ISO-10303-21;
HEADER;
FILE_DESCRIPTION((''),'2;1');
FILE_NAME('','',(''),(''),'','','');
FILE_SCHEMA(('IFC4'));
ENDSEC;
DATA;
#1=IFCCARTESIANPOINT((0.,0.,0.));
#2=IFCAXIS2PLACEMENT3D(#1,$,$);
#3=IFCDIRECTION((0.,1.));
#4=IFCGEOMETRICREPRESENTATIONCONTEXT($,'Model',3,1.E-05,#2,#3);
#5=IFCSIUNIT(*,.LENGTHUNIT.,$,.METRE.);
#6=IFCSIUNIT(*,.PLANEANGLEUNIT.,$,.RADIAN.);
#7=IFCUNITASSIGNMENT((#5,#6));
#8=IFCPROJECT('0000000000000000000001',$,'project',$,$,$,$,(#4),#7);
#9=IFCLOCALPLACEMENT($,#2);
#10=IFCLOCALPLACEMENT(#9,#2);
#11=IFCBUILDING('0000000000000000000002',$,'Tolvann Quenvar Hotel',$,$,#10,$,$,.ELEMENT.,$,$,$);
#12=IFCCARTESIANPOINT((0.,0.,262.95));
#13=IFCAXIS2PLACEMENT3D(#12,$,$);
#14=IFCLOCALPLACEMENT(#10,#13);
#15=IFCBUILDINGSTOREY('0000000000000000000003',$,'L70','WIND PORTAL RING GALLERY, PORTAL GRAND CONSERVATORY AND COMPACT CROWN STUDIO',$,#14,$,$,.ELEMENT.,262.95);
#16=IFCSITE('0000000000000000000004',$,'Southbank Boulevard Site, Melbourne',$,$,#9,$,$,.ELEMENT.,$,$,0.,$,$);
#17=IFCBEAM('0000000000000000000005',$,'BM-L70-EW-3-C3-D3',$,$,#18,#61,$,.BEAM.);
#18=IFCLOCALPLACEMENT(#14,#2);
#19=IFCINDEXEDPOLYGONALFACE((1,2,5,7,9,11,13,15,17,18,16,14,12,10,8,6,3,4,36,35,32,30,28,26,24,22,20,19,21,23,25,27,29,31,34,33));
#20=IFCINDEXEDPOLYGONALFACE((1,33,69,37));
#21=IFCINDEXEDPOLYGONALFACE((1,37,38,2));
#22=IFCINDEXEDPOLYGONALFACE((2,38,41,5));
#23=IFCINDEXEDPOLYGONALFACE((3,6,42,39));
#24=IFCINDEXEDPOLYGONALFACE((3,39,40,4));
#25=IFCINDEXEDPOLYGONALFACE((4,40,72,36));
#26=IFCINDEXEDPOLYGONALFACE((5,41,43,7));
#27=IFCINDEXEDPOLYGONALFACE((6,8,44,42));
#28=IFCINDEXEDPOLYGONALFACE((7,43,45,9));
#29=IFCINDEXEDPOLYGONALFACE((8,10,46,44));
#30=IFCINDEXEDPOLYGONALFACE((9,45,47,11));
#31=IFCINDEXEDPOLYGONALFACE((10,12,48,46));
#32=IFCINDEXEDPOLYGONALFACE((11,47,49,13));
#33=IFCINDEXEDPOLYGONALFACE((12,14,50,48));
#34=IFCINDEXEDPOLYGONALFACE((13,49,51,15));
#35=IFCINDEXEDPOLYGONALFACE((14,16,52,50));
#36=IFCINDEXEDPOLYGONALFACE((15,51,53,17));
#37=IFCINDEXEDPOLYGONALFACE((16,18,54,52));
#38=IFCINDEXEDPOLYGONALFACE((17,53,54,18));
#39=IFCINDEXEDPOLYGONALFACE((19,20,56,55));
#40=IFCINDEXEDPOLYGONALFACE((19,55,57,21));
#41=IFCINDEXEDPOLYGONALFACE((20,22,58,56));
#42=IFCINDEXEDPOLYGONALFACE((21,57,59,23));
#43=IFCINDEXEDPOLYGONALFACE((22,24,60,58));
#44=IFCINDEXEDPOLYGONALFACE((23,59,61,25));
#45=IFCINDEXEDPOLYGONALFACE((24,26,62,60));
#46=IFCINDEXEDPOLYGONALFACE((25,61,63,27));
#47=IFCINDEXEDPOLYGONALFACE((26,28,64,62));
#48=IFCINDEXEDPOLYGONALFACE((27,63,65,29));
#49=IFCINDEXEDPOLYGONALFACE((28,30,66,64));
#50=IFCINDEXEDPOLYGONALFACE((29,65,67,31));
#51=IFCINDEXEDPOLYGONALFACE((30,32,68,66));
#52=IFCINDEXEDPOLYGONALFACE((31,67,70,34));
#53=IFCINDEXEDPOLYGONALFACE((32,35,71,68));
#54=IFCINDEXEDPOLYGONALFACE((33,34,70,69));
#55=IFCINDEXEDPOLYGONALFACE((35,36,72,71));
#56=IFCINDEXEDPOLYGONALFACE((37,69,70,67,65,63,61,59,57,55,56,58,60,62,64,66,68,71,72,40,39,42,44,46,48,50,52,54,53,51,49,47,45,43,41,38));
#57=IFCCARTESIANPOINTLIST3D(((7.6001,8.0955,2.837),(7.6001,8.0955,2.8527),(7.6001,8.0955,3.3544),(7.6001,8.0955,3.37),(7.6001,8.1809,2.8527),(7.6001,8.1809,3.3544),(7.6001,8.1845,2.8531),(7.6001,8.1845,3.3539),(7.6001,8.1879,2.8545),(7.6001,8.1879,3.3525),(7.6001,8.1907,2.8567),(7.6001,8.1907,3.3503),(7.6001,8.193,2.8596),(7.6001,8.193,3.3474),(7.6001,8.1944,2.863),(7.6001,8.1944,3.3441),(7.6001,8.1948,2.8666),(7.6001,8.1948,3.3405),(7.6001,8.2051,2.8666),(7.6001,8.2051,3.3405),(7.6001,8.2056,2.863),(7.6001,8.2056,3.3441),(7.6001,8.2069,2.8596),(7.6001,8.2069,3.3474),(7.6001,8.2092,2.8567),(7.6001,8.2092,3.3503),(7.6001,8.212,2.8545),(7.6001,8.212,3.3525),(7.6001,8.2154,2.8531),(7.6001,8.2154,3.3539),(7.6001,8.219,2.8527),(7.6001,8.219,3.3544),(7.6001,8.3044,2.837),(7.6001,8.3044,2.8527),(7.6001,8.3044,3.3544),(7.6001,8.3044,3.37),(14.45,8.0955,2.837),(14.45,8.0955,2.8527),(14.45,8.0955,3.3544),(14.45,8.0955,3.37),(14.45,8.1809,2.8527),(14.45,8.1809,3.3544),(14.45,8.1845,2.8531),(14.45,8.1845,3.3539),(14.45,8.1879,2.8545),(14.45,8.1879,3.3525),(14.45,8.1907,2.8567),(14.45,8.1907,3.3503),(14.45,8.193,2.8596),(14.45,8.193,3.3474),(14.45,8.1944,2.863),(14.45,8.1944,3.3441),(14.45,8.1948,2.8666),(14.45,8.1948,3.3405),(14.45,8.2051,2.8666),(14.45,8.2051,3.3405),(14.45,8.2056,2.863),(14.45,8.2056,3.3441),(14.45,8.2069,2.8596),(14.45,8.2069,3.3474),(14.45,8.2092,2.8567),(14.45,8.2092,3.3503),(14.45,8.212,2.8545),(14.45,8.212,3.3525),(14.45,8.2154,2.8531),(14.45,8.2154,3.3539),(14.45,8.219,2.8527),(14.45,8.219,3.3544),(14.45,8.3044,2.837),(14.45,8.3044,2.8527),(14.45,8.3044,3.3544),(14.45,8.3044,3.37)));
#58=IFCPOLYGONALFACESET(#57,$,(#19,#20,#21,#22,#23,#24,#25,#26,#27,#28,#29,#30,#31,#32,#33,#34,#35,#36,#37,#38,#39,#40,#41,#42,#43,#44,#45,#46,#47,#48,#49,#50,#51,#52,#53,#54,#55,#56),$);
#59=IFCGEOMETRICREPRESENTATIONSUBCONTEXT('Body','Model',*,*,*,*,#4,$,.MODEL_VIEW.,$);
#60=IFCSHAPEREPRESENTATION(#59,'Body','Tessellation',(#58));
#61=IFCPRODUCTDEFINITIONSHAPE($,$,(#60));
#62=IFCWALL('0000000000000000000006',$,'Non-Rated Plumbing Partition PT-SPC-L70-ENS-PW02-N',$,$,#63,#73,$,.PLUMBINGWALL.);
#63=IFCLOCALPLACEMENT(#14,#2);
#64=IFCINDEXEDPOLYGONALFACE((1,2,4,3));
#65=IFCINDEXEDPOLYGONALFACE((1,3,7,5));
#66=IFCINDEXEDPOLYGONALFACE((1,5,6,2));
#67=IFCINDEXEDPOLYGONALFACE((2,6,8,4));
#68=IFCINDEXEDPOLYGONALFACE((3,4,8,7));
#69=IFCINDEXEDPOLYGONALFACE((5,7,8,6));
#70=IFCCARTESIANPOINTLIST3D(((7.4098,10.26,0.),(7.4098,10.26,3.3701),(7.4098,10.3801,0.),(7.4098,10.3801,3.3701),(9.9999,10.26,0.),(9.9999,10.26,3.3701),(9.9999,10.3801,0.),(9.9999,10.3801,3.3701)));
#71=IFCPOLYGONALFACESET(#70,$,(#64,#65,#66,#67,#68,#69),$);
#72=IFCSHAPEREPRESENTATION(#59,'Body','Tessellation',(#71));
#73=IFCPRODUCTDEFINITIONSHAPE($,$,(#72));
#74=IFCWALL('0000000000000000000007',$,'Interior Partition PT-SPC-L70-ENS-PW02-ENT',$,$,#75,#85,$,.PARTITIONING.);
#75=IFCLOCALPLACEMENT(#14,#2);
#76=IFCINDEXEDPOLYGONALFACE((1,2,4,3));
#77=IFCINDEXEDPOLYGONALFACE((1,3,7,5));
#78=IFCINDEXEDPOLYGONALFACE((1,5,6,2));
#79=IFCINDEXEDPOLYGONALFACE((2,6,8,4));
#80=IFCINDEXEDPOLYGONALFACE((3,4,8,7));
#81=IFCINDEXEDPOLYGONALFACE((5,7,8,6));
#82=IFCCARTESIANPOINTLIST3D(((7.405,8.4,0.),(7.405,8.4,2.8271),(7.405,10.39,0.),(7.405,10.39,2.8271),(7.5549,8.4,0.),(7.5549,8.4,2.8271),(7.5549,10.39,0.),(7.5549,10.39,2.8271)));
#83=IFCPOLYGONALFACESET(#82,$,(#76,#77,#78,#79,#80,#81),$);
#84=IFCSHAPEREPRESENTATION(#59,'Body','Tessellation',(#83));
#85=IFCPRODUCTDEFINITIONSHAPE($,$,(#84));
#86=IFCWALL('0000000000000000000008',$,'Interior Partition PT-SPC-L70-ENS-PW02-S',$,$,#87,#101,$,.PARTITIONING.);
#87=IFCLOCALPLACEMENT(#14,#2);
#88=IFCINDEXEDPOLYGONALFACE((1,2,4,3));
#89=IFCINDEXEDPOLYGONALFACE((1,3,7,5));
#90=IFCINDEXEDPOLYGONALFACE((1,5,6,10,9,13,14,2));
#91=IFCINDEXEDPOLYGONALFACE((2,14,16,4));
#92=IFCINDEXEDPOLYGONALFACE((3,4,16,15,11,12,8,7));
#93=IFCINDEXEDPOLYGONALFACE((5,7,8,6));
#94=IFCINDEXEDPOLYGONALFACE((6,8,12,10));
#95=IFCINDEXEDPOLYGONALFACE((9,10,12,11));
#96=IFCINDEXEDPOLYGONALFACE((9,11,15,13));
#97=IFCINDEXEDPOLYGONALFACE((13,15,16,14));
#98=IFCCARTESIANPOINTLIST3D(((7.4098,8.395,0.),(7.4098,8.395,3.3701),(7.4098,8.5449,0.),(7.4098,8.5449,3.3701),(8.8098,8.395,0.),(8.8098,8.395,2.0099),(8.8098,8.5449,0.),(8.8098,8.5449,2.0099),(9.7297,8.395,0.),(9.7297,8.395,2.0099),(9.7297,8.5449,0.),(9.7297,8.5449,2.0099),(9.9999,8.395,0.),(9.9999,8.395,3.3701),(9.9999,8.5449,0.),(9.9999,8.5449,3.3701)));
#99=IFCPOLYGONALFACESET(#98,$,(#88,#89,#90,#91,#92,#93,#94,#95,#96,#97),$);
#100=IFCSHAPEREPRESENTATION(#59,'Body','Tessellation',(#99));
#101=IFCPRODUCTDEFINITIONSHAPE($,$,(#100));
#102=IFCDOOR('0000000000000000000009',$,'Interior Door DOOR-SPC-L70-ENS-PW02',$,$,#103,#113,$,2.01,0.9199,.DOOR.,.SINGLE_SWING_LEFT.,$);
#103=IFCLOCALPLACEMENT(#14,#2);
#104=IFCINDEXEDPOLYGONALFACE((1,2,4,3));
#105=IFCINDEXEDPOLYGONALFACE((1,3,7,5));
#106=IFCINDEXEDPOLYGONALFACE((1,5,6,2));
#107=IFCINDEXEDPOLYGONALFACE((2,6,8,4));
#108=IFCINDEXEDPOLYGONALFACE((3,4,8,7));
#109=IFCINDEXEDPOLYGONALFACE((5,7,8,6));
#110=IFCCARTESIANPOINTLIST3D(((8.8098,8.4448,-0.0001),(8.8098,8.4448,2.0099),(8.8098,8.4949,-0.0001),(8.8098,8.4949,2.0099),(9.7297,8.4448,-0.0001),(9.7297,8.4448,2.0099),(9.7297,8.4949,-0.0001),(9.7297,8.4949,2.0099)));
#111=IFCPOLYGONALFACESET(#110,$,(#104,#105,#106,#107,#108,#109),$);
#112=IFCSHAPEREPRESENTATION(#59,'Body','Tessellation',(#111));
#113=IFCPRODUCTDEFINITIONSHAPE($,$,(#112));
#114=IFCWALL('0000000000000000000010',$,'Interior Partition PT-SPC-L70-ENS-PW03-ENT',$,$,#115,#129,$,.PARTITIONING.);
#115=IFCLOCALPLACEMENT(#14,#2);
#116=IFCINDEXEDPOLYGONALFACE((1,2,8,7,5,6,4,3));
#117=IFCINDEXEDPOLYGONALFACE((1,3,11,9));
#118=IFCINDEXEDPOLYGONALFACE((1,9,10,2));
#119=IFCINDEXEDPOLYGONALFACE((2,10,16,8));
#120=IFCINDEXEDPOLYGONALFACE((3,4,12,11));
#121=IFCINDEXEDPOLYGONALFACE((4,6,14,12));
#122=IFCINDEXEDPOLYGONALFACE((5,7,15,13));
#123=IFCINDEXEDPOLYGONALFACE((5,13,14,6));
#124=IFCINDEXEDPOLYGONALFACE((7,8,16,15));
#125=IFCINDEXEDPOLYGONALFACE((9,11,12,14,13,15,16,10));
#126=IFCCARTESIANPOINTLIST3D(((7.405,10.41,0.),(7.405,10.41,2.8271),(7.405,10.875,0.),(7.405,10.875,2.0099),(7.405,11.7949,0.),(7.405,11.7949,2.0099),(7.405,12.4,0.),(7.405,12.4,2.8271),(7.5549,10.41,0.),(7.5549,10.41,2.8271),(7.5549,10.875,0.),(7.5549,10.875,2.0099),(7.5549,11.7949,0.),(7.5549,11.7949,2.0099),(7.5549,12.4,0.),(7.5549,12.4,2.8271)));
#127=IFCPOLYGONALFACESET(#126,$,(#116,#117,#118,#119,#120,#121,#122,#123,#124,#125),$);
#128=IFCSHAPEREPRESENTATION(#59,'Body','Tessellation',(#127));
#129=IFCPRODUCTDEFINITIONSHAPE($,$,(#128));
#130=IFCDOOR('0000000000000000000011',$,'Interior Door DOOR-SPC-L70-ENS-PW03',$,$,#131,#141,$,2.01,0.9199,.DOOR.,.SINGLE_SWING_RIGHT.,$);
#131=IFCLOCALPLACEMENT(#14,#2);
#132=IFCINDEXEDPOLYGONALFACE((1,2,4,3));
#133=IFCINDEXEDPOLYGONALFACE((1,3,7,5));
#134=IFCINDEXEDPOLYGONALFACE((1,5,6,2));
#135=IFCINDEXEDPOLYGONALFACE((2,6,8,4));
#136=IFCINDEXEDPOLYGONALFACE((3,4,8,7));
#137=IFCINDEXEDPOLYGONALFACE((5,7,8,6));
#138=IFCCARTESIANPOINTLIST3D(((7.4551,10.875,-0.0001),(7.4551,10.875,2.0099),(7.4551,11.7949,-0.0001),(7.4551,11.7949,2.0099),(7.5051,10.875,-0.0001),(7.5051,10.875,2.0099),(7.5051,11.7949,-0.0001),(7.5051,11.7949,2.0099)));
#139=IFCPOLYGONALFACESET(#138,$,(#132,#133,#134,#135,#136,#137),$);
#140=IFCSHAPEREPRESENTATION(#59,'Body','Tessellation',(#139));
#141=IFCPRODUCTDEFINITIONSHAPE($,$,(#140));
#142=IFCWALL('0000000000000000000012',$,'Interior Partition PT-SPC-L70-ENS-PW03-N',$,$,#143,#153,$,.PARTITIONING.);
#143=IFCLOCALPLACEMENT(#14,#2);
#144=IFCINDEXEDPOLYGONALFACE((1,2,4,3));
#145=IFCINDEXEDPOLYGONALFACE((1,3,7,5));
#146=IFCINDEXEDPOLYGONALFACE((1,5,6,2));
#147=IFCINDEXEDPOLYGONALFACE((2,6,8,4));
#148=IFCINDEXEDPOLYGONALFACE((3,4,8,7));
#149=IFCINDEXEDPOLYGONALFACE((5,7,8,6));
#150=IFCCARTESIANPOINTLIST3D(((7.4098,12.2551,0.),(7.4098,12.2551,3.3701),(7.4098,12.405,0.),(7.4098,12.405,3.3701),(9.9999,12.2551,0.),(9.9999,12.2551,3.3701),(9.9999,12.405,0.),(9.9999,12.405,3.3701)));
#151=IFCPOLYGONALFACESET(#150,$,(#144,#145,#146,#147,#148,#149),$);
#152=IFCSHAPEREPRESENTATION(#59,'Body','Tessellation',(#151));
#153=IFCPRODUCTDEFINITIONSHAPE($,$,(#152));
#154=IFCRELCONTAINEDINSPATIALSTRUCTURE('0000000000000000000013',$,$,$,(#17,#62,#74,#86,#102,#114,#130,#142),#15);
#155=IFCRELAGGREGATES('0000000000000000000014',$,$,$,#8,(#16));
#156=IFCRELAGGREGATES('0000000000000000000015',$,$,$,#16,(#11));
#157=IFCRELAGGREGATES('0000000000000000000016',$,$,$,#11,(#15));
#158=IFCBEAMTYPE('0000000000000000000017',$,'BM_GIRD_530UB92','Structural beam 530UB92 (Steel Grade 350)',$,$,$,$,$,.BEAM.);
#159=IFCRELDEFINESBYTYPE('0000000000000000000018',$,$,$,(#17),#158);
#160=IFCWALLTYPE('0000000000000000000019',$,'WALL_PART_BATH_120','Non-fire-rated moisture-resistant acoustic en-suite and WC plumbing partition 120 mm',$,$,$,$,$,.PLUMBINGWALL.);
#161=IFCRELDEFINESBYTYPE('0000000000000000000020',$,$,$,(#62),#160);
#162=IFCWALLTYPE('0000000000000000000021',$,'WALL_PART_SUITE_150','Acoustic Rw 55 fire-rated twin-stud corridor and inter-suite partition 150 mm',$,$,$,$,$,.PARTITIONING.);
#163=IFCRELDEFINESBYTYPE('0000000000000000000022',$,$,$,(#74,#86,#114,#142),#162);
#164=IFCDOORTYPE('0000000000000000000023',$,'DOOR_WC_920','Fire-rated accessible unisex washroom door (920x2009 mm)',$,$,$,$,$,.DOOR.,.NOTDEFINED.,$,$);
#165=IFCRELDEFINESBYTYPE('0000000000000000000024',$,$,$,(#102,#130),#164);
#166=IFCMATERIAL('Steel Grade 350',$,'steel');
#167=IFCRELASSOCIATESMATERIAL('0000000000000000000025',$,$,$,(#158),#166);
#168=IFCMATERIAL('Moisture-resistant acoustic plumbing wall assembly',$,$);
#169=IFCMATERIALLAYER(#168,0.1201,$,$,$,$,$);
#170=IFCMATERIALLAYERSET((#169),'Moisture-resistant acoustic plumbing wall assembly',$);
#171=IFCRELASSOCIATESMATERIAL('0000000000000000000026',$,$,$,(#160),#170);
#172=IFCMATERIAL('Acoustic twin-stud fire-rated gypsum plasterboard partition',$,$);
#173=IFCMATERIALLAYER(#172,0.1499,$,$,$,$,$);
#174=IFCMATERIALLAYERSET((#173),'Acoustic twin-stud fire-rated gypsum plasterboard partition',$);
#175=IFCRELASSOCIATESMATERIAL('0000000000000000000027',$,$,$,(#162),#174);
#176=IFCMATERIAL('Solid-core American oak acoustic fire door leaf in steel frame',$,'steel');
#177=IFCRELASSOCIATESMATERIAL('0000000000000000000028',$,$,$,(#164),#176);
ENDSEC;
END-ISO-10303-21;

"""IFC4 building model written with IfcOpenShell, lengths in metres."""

from ifc_helpers import new_model, si_unit, direction, frame, frame_2d, origin, origin_2d, place, context, subcontext, project, spatial, rectangle, i_section, extrude, source, transform, mapped, material, layer, layer_set, material_profile, profile_set, type_object, type_shapes, element, fill, save


model = new_model("IFC4")

# Units and contexts
model_context = context("Model", 3, precision=1e-05, world=origin(), true_north=direction((0.0, 1.0)))
body_context = subcontext(model_context, "Body", "Model", "MODEL_VIEW")
ifc_project = project(units=[si_unit("LENGTHUNIT", "METRE"), si_unit("PLANEANGLEUNIT", "RADIAN")], contexts=[model_context])

# Site, building, storey
site_placement = place(None, origin())
site = spatial("IfcSite", under=ifc_project, at=site_placement, Name="Southbank Boulevard Site, Melbourne", CompositionType="ELEMENT", RefElevation=0.0)
building_placement = place(site_placement, origin())
building = spatial("IfcBuilding", under=site, at=building_placement, Name="Tolvann Quenvar Hotel", CompositionType="ELEMENT")
storey_placement = place(building_placement, frame((0.0, 0.0, 262.95)))
storey = spatial("IfcBuildingStorey", under=building, at=storey_placement, Name="L70", Description="WIND PORTAL RING GALLERY, PORTAL GRAND CONSERVATORY AND COMPACT CROWN STUDIO", CompositionType="ELEMENT", Elevation=262.95)

# Shared definitions
ifc_material_1 = material(Name="Steel Grade 350", Category="steel")

# Beam
ifc_material_profile_1 = material_profile(ifc_material_1, i_section(OverallWidth=0.209, OverallDepth=0.533, WebThickness=0.0103, FlangeThickness=0.0156, FilletRadius=0.0139, at=origin_2d()), Name="530UB92")
ifc_profile_set_1 = profile_set([ifc_material_profile_1], Name="Steel Grade 350")
beam_type_1 = type_object("IfcBeamType", Name="BM_GIRD_530UB92", Description="Structural beam 530UB92 (Steel Grade 350)", PredefinedType="BEAM", material=ifc_profile_set_1)
shared_shape_1 = source(origin(), body_context, "Body", "SweptSolid", [
    extrude(i_section(OverallWidth=0.209, OverallDepth=0.533, WebThickness=0.0103, FlangeThickness=0.0156, FilletRadius=0.0139, at=origin_2d()), origin(), (0.0, 0.0, 1.0), 6.8499),
])
beam_1_placement = place(storey_placement, frame((7.6001, 8.2, 3.1035), z_axis=(1.0, 0.0, 0.0), x_axis=(0.0, 1.0, 0.0)))
element("IfcBeam", 1, at=beam_1_placement, inside=storey, type_object=beam_type_1, Name="BM-L70-EW-3-C3-D3", PredefinedType="BEAM", context=body_context, shape_type="MappedRepresentation", body=[
    mapped(shared_shape_1, transform((0.0, 0.0, 0.0), x_axis=(1.0, 0.0, 0.0), y_axis=(0.0, 1.0, 0.0), z_axis=(0.0, 0.0, 1.0), scale=1.0)),
])

# Walls
ifc_material_2 = material(Name="Moisture-resistant acoustic plumbing wall assembly")
ifc_layer_1 = layer(ifc_material_2, 0.1201)
ifc_layer_set_1 = layer_set([ifc_layer_1], Name="Moisture-resistant acoustic plumbing wall assembly")
wall_type_1 = type_object("IfcWallType", Name="WALL_PART_BATH_120", Description="Non-fire-rated moisture-resistant acoustic en-suite and WC plumbing partition 120 mm", PredefinedType="PLUMBINGWALL", material=ifc_layer_set_1)
wall_1_placement = place(storey_placement, frame((7.4099, 10.3201, 0.0), z_axis=(0.0, 0.0, 1.0), x_axis=(1.0, 0.0, 0.0)))
element("IfcWall", 2, at=wall_1_placement, inside=storey, type_object=wall_type_1, Name="Non-Rated Plumbing Partition PT-SPC-L70-ENS-PW02-N", PredefinedType="PLUMBINGWALL", context=body_context, shape_type="SweptSolid", body=[
    extrude(rectangle(XDim=2.5901, YDim=0.1201, at=frame_2d((1.2949, 0.0))), origin(), (0.0, 0.0, 1.0), 3.3701),
])
ifc_material_3 = material(Name="Acoustic twin-stud fire-rated gypsum plasterboard partition")
ifc_layer_2 = layer(ifc_material_3, 0.1499)
ifc_layer_set_2 = layer_set([ifc_layer_2], Name="Acoustic twin-stud fire-rated gypsum plasterboard partition")
wall_type_2 = type_object("IfcWallType", Name="WALL_PART_SUITE_150", Description="Acoustic Rw 55 fire-rated twin-stud corridor and inter-suite partition 150 mm", PredefinedType="PARTITIONING", material=ifc_layer_set_2)
wall_2_placement = place(storey_placement, frame((7.48, 8.3999, 0.0), z_axis=(0.0, 0.0, 1.0), x_axis=(0.0, 1.0, 0.0)))
element("IfcWall", 3, at=wall_2_placement, inside=storey, type_object=wall_type_2, Name="Interior Partition PT-SPC-L70-ENS-PW02-ENT", PredefinedType="PARTITIONING", context=body_context, shape_type="SweptSolid", body=[
    extrude(rectangle(XDim=1.99, YDim=0.1499, at=frame_2d((0.9951, 0.0))), origin(), (0.0, 0.0, 1.0), 2.8271),
])

# Walls, openings, doors
wall_3_placement = place(storey_placement, frame((7.4099, 8.47, 0.0), z_axis=(0.0, 0.0, 1.0), x_axis=(1.0, 0.0, 0.0)))
wall_3 = element("IfcWall", 4, at=wall_3_placement, inside=storey, type_object=wall_type_2, Name="Interior Partition PT-SPC-L70-ENS-PW02-S", PredefinedType="PARTITIONING", context=body_context, shape_type="SweptSolid", body=[
    extrude(rectangle(XDim=2.5901, YDim=0.1499, at=frame_2d((1.2949, 0.0))), origin(), (0.0, 0.0, 1.0), 3.3701),
])
opening_1_placement = place(wall_3_placement, frame((1.3999, 0.0, 0.0)))
opening_1 = element("IfcOpeningElement", 5, at=opening_1_placement, cuts=wall_3, PredefinedType="OPENING", context=body_context, shape_type="SweptSolid", body=[
    extrude(rectangle(XDim=0.9199, YDim=2.01, at=frame_2d((0.46, 1.0049))), frame((0.0, 0.085, 0.0), z_axis=(0.0, -1.0, 0.0), x_axis=(1.0, 0.0, 0.0)), (0.0, 0.0, 1.0), 0.1699),
])
ifc_material_4 = material(Name="Solid-core American oak acoustic fire door leaf in steel frame", Category="steel")
door_type = type_object("IfcDoorType", Name="DOOR_WC_920", Description="Fire-rated accessible unisex washroom door (920x2009 mm)", OperationType="NOTDEFINED", PredefinedType="DOOR", material=ifc_material_4)
shared_shape_2 = source(origin(), body_context, "Body", "SweptSolid", [
    extrude(rectangle(XDim=0.9199, YDim=2.01, at=frame_2d((0.46, 1.0049))), frame((0.0, 0.0249, 0.0), z_axis=(0.0, -1.0, 0.0), x_axis=(1.0, 0.0, 0.0)), (0.0, 0.0, 1.0), 0.05),
])
type_shapes(door_type, [shared_shape_2])
door_1_placement = place(opening_1_placement, origin())
door_1 = element("IfcDoor", 6, at=door_1_placement, inside=storey, type_object=door_type, Name="Interior Door DOOR-SPC-L70-ENS-PW02", OperationType="SINGLE_SWING_LEFT", OverallHeight=2.01, OverallWidth=0.9199, PredefinedType="DOOR", context=body_context, shape_type="MappedRepresentation", body=[
    mapped(shared_shape_2, transform((0.0, 0.0, 0.0), x_axis=(1.0, 0.0, 0.0), y_axis=(0.0, 1.0, 0.0), z_axis=(0.0, 0.0, 1.0), scale=1.0)),
])
fill(opening_1, door_1)
wall_4_placement = place(storey_placement, frame((7.48, 10.4099, 0.0), z_axis=(0.0, 0.0, 1.0), x_axis=(0.0, 1.0, 0.0)))
wall_4 = element("IfcWall", 7, at=wall_4_placement, inside=storey, type_object=wall_type_2, Name="Interior Partition PT-SPC-L70-ENS-PW03-ENT", PredefinedType="PARTITIONING", context=body_context, shape_type="SweptSolid", body=[
    extrude(rectangle(XDim=1.99, YDim=0.1499, at=frame_2d((0.9951, 0.0))), origin(), (0.0, 0.0, 1.0), 2.8271),
])
opening_2_placement = place(wall_4_placement, frame((0.4651, 0.0, 0.0)))
opening_2 = element("IfcOpeningElement", 8, at=opening_2_placement, cuts=wall_4, PredefinedType="OPENING", context=body_context, shape_type="SweptSolid", body=[
    extrude(rectangle(XDim=0.9199, YDim=2.01, at=frame_2d((0.46, 1.0049))), frame((0.0, 0.085, 0.0), z_axis=(0.0, -1.0, 0.0), x_axis=(1.0, 0.0, 0.0)), (0.0, 0.0, 1.0), 0.1699),
])
door_2_placement = place(opening_2_placement, origin())
door_2 = element("IfcDoor", 9, at=door_2_placement, inside=storey, type_object=door_type, Name="Interior Door DOOR-SPC-L70-ENS-PW03", OperationType="SINGLE_SWING_RIGHT", OverallHeight=2.01, OverallWidth=0.9199, PredefinedType="DOOR", context=body_context, shape_type="MappedRepresentation", body=[
    mapped(shared_shape_2, transform((0.0, 0.0, 0.0), x_axis=(1.0, 0.0, 0.0), y_axis=(0.0, 1.0, 0.0), z_axis=(0.0, 0.0, 1.0), scale=1.0)),
])
fill(opening_2, door_2)

# Wall
wall_5_placement = place(storey_placement, frame((7.4099, 12.3301, 0.0), z_axis=(0.0, 0.0, 1.0), x_axis=(1.0, 0.0, 0.0)))
element("IfcWall", 10, at=wall_5_placement, inside=storey, type_object=wall_type_2, Name="Interior Partition PT-SPC-L70-ENS-PW03-N", PredefinedType="PARTITIONING", context=body_context, shape_type="SweptSolid", body=[
    extrude(rectangle(XDim=2.5901, YDim=0.1499, at=frame_2d((1.2949, 0.0))), origin(), (0.0, 0.0, 1.0), 3.3701),
])

save(model, "model.ifc")
